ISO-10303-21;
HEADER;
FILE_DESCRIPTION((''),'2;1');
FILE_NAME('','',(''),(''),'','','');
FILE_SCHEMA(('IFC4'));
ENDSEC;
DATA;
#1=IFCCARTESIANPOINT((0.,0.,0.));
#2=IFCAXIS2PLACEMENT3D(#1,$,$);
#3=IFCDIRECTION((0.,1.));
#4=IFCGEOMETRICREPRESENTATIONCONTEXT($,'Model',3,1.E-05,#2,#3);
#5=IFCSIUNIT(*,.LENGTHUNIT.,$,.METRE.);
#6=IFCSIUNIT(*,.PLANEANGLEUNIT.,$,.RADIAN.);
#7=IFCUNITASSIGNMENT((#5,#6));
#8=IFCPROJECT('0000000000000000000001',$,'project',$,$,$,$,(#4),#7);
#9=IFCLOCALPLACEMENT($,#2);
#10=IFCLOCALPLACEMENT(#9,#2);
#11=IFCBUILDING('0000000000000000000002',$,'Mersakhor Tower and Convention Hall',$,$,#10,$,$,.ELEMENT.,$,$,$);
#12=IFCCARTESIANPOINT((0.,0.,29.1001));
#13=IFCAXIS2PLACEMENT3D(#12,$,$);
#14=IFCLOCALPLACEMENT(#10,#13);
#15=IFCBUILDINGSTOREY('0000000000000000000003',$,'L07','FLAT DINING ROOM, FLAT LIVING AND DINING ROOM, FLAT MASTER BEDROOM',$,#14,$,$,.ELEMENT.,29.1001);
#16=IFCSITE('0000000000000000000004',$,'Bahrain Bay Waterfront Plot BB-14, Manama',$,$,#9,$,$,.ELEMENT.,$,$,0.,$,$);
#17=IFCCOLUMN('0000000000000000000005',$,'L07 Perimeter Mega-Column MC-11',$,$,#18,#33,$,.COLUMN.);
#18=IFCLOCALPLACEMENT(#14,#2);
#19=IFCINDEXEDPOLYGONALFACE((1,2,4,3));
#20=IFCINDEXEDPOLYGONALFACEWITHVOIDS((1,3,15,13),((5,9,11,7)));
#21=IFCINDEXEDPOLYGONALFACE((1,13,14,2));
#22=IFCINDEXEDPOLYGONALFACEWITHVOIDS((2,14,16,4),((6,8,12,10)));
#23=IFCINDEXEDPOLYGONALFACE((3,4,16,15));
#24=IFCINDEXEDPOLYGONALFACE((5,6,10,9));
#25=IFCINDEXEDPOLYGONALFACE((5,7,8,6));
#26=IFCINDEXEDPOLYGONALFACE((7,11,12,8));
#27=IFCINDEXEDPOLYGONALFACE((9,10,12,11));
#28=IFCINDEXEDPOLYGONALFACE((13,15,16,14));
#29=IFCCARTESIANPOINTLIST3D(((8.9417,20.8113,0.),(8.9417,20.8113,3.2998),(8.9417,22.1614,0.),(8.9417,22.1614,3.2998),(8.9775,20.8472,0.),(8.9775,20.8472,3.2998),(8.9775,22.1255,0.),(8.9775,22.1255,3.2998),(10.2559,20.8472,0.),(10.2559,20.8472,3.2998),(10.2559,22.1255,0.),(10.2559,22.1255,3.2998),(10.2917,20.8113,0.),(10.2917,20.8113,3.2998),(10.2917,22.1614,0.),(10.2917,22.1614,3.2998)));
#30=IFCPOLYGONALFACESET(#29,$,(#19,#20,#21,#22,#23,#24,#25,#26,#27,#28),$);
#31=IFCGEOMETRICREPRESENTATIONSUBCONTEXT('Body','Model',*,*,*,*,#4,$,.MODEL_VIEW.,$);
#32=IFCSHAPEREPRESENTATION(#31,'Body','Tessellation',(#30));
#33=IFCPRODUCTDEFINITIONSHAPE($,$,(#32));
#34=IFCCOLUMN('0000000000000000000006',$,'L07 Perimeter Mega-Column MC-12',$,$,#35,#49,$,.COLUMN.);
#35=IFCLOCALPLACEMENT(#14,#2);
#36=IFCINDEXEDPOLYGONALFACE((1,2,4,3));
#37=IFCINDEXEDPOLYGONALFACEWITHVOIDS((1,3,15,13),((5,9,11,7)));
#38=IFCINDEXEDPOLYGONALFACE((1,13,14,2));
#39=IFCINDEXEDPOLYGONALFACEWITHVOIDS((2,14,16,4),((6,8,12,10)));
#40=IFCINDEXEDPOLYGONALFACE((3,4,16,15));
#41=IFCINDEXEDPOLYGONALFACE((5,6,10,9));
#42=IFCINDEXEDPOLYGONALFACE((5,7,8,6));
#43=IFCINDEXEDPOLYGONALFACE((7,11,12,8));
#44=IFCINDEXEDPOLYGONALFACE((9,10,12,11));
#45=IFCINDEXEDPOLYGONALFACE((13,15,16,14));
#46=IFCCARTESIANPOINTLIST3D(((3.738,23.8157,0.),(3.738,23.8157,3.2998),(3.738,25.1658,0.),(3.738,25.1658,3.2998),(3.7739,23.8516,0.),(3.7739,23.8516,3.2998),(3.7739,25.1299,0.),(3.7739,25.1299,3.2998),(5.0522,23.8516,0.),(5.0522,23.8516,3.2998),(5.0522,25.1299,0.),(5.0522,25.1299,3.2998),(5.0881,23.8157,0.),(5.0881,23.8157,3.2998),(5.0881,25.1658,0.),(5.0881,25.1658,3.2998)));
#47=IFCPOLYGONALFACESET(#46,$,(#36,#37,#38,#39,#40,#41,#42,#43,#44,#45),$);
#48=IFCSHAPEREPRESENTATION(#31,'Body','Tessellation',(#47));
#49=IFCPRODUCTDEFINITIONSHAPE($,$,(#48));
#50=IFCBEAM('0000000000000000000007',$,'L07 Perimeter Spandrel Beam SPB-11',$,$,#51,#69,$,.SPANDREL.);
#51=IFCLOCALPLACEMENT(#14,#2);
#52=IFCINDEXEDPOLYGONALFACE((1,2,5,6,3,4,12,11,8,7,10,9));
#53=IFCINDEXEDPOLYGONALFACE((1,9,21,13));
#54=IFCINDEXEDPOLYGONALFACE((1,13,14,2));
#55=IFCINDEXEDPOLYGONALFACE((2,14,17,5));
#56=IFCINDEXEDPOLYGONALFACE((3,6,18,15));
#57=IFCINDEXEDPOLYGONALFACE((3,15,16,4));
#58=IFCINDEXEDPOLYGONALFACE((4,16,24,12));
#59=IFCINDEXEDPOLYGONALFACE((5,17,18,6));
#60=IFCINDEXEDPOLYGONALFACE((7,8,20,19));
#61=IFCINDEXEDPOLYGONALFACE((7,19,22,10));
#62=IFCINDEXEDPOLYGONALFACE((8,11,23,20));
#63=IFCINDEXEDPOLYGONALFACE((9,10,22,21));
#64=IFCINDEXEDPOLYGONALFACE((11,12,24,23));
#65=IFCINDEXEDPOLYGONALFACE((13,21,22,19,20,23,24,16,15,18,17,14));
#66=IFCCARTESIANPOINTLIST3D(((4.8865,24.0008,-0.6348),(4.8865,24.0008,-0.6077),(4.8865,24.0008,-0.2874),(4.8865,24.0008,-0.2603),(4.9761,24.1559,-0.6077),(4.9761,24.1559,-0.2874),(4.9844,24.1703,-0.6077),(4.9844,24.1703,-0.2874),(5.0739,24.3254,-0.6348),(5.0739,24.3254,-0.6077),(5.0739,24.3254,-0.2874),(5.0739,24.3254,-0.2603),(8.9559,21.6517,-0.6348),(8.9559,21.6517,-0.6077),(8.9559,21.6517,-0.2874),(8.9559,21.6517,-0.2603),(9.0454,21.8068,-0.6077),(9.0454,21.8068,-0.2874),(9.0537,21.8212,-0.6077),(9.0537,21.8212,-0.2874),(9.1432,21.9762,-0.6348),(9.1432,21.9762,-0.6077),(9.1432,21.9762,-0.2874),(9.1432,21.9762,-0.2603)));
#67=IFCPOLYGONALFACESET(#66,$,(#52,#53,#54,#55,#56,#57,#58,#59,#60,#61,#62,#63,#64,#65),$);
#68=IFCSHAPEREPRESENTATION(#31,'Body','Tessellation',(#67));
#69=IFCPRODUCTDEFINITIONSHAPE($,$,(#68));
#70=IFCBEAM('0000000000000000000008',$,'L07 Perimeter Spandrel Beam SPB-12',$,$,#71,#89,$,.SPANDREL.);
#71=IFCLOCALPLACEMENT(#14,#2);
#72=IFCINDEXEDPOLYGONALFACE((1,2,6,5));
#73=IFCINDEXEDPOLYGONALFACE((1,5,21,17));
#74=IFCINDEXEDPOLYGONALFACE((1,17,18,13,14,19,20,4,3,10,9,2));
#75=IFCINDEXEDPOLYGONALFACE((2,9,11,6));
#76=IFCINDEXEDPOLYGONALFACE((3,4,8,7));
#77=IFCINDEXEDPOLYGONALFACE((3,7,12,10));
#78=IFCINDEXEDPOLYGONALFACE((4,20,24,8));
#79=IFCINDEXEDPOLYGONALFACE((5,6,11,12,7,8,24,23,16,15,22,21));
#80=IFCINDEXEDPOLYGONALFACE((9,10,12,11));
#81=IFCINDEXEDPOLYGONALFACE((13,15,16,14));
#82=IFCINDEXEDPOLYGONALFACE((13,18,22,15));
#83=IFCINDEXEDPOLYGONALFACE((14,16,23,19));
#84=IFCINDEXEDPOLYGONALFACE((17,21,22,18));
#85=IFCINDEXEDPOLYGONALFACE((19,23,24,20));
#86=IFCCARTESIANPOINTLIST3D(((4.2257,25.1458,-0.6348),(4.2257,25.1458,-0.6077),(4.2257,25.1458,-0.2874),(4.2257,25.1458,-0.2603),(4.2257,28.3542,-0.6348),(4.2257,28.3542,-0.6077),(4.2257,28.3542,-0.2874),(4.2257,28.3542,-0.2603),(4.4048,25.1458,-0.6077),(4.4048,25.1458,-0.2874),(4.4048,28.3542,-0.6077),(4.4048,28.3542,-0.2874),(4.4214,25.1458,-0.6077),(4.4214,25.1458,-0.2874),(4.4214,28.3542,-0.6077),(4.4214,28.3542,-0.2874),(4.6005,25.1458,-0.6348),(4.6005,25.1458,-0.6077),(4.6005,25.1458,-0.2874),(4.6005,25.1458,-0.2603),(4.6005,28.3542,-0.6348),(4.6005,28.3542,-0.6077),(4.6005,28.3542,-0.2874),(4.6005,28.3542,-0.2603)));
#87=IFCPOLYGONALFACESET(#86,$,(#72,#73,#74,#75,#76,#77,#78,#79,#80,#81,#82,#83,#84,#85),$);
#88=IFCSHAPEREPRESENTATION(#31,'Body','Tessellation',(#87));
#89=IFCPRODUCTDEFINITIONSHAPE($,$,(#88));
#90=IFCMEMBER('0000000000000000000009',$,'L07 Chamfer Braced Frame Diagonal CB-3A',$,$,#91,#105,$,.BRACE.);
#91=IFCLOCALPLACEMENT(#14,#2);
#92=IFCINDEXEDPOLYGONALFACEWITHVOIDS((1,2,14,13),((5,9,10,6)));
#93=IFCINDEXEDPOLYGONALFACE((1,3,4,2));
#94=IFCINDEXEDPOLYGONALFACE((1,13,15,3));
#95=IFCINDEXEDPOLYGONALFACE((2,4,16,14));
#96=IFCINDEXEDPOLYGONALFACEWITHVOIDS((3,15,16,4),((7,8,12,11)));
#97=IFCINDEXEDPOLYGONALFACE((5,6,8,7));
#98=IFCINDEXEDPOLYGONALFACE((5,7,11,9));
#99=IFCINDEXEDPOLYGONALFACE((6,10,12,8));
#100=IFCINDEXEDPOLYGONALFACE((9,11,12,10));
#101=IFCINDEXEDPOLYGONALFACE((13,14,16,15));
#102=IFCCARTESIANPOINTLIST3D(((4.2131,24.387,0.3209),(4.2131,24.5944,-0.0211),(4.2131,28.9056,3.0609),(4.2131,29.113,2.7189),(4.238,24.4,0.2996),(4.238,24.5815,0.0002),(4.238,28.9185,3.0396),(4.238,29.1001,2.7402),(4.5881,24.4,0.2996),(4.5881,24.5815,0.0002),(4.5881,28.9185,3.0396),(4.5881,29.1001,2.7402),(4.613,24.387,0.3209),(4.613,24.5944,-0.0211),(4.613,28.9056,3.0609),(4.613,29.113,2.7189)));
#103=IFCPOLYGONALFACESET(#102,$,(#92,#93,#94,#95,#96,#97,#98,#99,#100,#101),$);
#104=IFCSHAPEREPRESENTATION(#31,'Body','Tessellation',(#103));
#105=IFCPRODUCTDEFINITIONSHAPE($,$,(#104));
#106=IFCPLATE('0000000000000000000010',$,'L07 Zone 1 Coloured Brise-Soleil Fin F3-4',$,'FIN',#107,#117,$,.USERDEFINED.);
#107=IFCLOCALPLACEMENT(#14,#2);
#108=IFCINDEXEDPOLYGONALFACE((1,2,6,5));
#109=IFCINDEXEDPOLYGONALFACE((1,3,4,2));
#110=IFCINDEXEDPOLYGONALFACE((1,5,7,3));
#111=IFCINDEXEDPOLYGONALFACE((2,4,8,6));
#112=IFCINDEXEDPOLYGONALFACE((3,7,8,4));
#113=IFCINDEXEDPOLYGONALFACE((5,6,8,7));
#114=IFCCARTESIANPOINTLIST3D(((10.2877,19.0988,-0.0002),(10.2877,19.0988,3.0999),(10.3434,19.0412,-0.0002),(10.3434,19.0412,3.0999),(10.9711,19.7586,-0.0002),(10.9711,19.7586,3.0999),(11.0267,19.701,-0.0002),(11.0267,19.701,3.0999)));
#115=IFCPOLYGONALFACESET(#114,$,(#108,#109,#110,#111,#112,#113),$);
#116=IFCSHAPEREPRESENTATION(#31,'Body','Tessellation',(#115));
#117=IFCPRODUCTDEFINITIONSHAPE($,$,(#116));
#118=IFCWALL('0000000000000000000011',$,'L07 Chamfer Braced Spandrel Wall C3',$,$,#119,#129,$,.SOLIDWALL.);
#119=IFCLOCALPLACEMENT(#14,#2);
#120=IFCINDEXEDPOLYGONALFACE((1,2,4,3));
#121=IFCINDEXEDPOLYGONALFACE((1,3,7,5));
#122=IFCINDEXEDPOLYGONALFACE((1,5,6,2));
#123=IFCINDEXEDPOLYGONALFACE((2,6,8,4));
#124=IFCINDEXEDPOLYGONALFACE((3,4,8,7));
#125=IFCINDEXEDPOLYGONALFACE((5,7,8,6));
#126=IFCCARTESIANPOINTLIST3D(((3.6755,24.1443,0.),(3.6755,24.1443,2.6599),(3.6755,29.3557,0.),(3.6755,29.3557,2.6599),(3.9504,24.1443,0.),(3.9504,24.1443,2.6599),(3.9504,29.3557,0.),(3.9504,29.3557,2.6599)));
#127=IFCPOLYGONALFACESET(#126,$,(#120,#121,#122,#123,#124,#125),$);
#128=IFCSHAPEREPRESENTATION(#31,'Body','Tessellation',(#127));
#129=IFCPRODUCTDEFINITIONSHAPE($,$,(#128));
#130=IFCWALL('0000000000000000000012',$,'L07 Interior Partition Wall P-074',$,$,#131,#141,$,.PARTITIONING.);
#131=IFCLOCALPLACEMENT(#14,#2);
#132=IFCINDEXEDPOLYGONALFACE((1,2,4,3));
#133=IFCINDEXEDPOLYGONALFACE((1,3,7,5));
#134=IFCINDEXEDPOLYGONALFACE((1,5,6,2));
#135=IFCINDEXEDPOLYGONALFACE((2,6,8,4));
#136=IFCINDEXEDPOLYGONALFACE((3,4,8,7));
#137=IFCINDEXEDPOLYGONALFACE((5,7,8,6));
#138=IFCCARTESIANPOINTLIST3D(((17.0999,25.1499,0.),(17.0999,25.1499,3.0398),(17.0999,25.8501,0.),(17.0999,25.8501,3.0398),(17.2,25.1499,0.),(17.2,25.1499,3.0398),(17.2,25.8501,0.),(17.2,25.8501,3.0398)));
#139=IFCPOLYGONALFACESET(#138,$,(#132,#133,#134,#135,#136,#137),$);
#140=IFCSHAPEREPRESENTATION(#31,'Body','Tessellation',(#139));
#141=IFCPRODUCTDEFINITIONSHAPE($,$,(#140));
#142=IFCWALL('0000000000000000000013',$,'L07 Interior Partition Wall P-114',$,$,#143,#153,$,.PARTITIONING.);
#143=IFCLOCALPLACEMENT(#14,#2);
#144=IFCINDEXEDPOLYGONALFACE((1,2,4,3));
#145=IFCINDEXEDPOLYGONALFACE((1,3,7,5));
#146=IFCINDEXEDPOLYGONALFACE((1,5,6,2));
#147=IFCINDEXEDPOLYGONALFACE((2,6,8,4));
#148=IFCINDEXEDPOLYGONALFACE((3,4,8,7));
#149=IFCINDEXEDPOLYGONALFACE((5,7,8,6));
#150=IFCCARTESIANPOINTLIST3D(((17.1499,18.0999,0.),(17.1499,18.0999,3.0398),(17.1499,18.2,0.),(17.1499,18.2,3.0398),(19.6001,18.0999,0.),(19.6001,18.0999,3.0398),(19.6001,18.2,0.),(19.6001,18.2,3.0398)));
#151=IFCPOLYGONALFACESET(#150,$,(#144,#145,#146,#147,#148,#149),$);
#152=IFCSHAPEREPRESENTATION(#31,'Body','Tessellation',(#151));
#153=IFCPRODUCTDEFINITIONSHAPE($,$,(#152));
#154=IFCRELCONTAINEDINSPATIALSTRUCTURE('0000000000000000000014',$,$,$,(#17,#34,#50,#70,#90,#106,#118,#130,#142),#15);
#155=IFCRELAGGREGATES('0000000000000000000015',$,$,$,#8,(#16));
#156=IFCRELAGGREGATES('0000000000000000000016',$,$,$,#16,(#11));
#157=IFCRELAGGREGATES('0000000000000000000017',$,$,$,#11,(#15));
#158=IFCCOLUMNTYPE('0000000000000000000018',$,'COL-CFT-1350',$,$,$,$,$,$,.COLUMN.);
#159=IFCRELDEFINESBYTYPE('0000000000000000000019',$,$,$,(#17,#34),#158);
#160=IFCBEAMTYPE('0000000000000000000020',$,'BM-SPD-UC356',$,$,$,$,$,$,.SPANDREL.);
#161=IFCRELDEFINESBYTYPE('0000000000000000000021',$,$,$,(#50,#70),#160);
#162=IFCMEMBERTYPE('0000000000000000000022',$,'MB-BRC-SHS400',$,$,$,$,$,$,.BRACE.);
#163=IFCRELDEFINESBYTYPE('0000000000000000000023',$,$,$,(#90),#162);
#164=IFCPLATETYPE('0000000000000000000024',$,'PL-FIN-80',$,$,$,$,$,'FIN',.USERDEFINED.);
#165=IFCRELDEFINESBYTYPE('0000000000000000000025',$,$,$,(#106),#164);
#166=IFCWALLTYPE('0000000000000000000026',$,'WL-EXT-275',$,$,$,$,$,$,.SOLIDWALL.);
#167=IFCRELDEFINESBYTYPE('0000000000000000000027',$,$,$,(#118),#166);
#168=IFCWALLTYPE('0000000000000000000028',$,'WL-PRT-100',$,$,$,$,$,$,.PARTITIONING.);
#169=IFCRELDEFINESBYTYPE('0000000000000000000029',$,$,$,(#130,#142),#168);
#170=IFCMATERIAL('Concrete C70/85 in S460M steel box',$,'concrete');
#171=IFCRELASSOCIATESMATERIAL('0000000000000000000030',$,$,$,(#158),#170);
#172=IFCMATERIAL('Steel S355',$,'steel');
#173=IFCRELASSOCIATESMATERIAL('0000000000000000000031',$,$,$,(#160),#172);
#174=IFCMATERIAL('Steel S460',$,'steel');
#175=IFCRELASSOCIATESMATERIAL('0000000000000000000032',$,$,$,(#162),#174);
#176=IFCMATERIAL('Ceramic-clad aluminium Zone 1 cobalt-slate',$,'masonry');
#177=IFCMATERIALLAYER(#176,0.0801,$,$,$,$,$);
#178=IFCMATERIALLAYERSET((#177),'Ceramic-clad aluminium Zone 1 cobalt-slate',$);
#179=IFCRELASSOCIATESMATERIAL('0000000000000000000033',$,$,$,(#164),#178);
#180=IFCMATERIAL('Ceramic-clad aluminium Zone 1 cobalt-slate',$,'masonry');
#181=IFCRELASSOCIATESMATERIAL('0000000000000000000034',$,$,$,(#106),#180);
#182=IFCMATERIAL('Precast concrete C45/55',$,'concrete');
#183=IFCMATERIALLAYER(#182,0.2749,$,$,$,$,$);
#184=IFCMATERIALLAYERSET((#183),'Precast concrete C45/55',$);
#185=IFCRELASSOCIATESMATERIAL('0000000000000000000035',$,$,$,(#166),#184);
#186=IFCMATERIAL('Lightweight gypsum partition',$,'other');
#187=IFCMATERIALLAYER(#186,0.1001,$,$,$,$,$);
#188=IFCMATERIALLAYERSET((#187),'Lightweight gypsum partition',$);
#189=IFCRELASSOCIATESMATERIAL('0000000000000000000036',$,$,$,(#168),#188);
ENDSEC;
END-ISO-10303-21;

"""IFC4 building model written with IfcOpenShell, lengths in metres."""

from ifc_helpers import new_model, si_unit, direction, frame, frame_2d, origin, origin_2d, place, context, subcontext, project, spatial, rectangle, hollow_rectangle, i_section, extrude, material, layer, layer_set, material_profile, profile_set, type_object, element, save


model = new_model("IFC4")

# Units and contexts
model_context = context("Model", 3, precision=1e-05, world=origin(), true_north=direction((0.0, 1.0)))
body_context = subcontext(model_context, "Body", "Model", "MODEL_VIEW")
ifc_project = project(units=[si_unit("LENGTHUNIT", "METRE"), si_unit("PLANEANGLEUNIT", "RADIAN")], contexts=[model_context])

# Site, building, storey
site_placement = place(None, origin())
site = spatial("IfcSite", under=ifc_project, at=site_placement, Name="Bahrain Bay Waterfront Plot BB-14, Manama", CompositionType="ELEMENT", RefElevation=0.0)
building_placement = place(site_placement, origin())
building = spatial("IfcBuilding", under=site, at=building_placement, Name="Mersakhor Tower and Convention Hall", CompositionType="ELEMENT")
storey_placement = place(building_placement, frame((0.0, 0.0, 29.1001)))
storey = spatial("IfcBuildingStorey", under=building, at=storey_placement, Name="L07", Description="FLAT DINING ROOM, FLAT LIVING AND DINING ROOM, FLAT MASTER BEDROOM", CompositionType="ELEMENT", Elevation=29.1001)

# Columns
ifc_material_1 = material(Name="Concrete C70/85 in S460M steel box", Category="concrete")
ifc_material_profile_1 = material_profile(ifc_material_1, hollow_rectangle(XDim=1.3501, YDim=1.3501, WallThickness=0.0359, at=origin_2d()), Name="SHS 1350x1350x36")
ifc_profile_set_1 = profile_set([ifc_material_profile_1], Name="Concrete C70/85 in S460M steel box")
column_type = type_object("IfcColumnType", Name="COL-CFT-1350", PredefinedType="COLUMN", material=ifc_profile_set_1)
for number, where, z_axis, x_axis, name in (
    (1, (9.6167, 21.4863, 0.0), (0.0, 0.0, 1.0), (1.0, 0.0, 0.0), "L07 Perimeter Mega-Column MC-11"),
    (2, (4.4131, 24.4907, 0.0), (0.0, 0.0, 1.0), (1.0, 0.0, 0.0), "L07 Perimeter Mega-Column MC-12"),
):
    element("IfcColumn", number, at=place(storey_placement, frame(where, z_axis=z_axis, x_axis=x_axis)), inside=storey, type_object=column_type, Name=name, PredefinedType="COLUMN", context=body_context, shape_type="SweptSolid", body=[
        extrude(hollow_rectangle(XDim=1.3501, YDim=1.3501, WallThickness=0.0359, at=origin_2d()), origin(), (0.0, 0.0, 1.0), 3.2998),
    ])

# Beams
ifc_material_2 = material(Name="Steel S355", Category="steel")
ifc_material_profile_2 = material_profile(ifc_material_2, i_section(OverallWidth=0.3748, OverallDepth=0.3745, WebThickness=0.0166, FlangeThickness=0.0271, at=origin_2d()), Name="UC 356x368x202")
ifc_profile_set_2 = profile_set([ifc_material_profile_2], Name="Steel S355")
beam_type = type_object("IfcBeamType", Name="BM-SPD-UC356", PredefinedType="SPANDREL", material=ifc_profile_set_2)
beam_1_placement = place(storey_placement, frame((9.0496, 21.814, -0.4475), z_axis=(-0.866054, 0.49995, 0.0), x_axis=(-0.49995, -0.866054, 0.0)))
element("IfcBeam", 3, at=beam_1_placement, inside=storey, type_object=beam_type, Name="L07 Perimeter Spandrel Beam SPB-11", PredefinedType="SPANDREL", context=body_context, shape_type="SweptSolid", body=[
    extrude(i_section(OverallWidth=0.3748, OverallDepth=0.3745, WebThickness=0.0166, FlangeThickness=0.0271, at=origin_2d()), origin(), (0.0, 0.0, 1.0), 4.6987),
])
beam_2_placement = place(storey_placement, frame((4.4131, 25.1458, -0.4475), z_axis=(0.0, 1.0, 0.0), x_axis=(-1.0, 0.0, 0.0)))
element("IfcBeam", 4, at=beam_2_placement, inside=storey, type_object=beam_type, Name="L07 Perimeter Spandrel Beam SPB-12", PredefinedType="SPANDREL", context=body_context, shape_type="SweptSolid", body=[
    extrude(i_section(OverallWidth=0.3748, OverallDepth=0.3745, WebThickness=0.0166, FlangeThickness=0.0271, at=origin_2d()), origin(), (0.0, 0.0, 1.0), 3.2085),
])

# Member
ifc_material_3 = material(Name="Steel S460", Category="steel")
ifc_material_profile_3 = material_profile(ifc_material_3, hollow_rectangle(XDim=0.3999, YDim=0.3999, WallThickness=0.0249, at=origin_2d()), Name="SHS 400x400x25")
ifc_profile_set_3 = profile_set([ifc_material_profile_3], Name="Steel S460")
member_type = type_object("IfcMemberType", Name="MB-BRC-SHS400", PredefinedType="BRACE", material=ifc_profile_set_3)
member_placement = place(storey_placement, frame((4.4131, 24.4907, 0.1499), z_axis=(0.0, 0.855074, 0.518505), x_axis=(-1.0, 0.0, 0.0)))
element("IfcMember", 5, at=member_placement, inside=storey, type_object=member_type, Name="L07 Chamfer Braced Frame Diagonal CB-3A", PredefinedType="BRACE", context=body_context, shape_type="SweptSolid", body=[
    extrude(hollow_rectangle(XDim=0.3999, YDim=0.3999, WallThickness=0.0249, at=origin_2d()), origin(), (0.0, 0.0, 1.0), 5.2844),
])

# Plate
ifc_material_4 = material(Name="Ceramic-clad aluminium Zone 1 cobalt-slate", Category="masonry")
ifc_material_5 = material(Name="Ceramic-clad aluminium Zone 1 cobalt-slate", Category="masonry")
ifc_layer_1 = layer(ifc_material_5, 0.0801)
ifc_layer_set_1 = layer_set([ifc_layer_1], Name="Ceramic-clad aluminium Zone 1 cobalt-slate")
plate_type = type_object("IfcPlateType", Name="PL-FIN-80", ElementType="FIN", PredefinedType="USERDEFINED", material=ifc_layer_set_1)
plate_placement = place(storey_placement, frame((10.6572, 19.3999, -0.0002), z_axis=(0.0, 0.0, 1.0), x_axis=(-0.71934, -0.694658, 0.0)))
element("IfcPlate", 6, at=plate_placement, inside=storey, type_object=plate_type, material=ifc_material_4, Name="L07 Zone 1 Coloured Brise-Soleil Fin F3-4", ObjectType="FIN", PredefinedType="USERDEFINED", context=body_context, shape_type="SweptSolid", body=[
    extrude(rectangle(XDim=0.95, YDim=0.0801, at=origin_2d()), origin(), (0.0, 0.0, 1.0), 3.1001),
])

# Walls
ifc_material_6 = material(Name="Precast concrete C45/55", Category="concrete")
ifc_layer_2 = layer(ifc_material_6, 0.2749)
ifc_layer_set_2 = layer_set([ifc_layer_2], Name="Precast concrete C45/55")
wall_type_1 = type_object("IfcWallType", Name="WL-EXT-275", PredefinedType="SOLIDWALL", material=ifc_layer_set_2)
wall_1_placement = place(storey_placement, frame((3.813, 24.1443, 0.0), z_axis=(0.0, 0.0, 1.0), x_axis=(0.0, 1.0, 0.0)))
element("IfcWall", 7, at=wall_1_placement, inside=storey, type_object=wall_type_1, Name="L07 Chamfer Braced Spandrel Wall C3", PredefinedType="SOLIDWALL", context=body_context, shape_type="SweptSolid", body=[
    extrude(rectangle(XDim=5.2114, YDim=0.2749, at=frame_2d((2.6057, 0.0))), origin(), (0.0, 0.0, 1.0), 2.6599),
])
ifc_material_7 = material(Name="Lightweight gypsum partition", Category="other")
ifc_layer_3 = layer(ifc_material_7, 0.1001)
ifc_layer_set_3 = layer_set([ifc_layer_3], Name="Lightweight gypsum partition")
wall_type_2 = type_object("IfcWallType", Name="WL-PRT-100", PredefinedType="PARTITIONING", material=ifc_layer_set_3)
wall_2_placement = place(storey_placement, frame((17.1499, 25.1499, 0.0), z_axis=(0.0, 0.0, 1.0), x_axis=(0.0, 1.0, 0.0)))
element("IfcWall", 8, at=wall_2_placement, inside=storey, type_object=wall_type_2, Name="L07 Interior Partition Wall P-074", PredefinedType="PARTITIONING", context=body_context, shape_type="SweptSolid", body=[
    extrude(rectangle(XDim=0.7002, YDim=0.1001, at=frame_2d((0.3501, 0.0))), origin(), (0.0, 0.0, 1.0), 3.0398),
])
wall_3_placement = place(storey_placement, frame((19.6001, 18.1499, 0.0), z_axis=(0.0, 0.0, 1.0), x_axis=(-1.0, 0.0, 0.0)))
element("IfcWall", 9, at=wall_3_placement, inside=storey, type_object=wall_type_2, Name="L07 Interior Partition Wall P-114", PredefinedType="PARTITIONING", context=body_context, shape_type="SweptSolid", body=[
    extrude(rectangle(XDim=2.4502, YDim=0.1001, at=frame_2d((1.2251, 0.0))), origin(), (0.0, 0.0, 1.0), 3.0398),
])

save(model, "model.ifc")
